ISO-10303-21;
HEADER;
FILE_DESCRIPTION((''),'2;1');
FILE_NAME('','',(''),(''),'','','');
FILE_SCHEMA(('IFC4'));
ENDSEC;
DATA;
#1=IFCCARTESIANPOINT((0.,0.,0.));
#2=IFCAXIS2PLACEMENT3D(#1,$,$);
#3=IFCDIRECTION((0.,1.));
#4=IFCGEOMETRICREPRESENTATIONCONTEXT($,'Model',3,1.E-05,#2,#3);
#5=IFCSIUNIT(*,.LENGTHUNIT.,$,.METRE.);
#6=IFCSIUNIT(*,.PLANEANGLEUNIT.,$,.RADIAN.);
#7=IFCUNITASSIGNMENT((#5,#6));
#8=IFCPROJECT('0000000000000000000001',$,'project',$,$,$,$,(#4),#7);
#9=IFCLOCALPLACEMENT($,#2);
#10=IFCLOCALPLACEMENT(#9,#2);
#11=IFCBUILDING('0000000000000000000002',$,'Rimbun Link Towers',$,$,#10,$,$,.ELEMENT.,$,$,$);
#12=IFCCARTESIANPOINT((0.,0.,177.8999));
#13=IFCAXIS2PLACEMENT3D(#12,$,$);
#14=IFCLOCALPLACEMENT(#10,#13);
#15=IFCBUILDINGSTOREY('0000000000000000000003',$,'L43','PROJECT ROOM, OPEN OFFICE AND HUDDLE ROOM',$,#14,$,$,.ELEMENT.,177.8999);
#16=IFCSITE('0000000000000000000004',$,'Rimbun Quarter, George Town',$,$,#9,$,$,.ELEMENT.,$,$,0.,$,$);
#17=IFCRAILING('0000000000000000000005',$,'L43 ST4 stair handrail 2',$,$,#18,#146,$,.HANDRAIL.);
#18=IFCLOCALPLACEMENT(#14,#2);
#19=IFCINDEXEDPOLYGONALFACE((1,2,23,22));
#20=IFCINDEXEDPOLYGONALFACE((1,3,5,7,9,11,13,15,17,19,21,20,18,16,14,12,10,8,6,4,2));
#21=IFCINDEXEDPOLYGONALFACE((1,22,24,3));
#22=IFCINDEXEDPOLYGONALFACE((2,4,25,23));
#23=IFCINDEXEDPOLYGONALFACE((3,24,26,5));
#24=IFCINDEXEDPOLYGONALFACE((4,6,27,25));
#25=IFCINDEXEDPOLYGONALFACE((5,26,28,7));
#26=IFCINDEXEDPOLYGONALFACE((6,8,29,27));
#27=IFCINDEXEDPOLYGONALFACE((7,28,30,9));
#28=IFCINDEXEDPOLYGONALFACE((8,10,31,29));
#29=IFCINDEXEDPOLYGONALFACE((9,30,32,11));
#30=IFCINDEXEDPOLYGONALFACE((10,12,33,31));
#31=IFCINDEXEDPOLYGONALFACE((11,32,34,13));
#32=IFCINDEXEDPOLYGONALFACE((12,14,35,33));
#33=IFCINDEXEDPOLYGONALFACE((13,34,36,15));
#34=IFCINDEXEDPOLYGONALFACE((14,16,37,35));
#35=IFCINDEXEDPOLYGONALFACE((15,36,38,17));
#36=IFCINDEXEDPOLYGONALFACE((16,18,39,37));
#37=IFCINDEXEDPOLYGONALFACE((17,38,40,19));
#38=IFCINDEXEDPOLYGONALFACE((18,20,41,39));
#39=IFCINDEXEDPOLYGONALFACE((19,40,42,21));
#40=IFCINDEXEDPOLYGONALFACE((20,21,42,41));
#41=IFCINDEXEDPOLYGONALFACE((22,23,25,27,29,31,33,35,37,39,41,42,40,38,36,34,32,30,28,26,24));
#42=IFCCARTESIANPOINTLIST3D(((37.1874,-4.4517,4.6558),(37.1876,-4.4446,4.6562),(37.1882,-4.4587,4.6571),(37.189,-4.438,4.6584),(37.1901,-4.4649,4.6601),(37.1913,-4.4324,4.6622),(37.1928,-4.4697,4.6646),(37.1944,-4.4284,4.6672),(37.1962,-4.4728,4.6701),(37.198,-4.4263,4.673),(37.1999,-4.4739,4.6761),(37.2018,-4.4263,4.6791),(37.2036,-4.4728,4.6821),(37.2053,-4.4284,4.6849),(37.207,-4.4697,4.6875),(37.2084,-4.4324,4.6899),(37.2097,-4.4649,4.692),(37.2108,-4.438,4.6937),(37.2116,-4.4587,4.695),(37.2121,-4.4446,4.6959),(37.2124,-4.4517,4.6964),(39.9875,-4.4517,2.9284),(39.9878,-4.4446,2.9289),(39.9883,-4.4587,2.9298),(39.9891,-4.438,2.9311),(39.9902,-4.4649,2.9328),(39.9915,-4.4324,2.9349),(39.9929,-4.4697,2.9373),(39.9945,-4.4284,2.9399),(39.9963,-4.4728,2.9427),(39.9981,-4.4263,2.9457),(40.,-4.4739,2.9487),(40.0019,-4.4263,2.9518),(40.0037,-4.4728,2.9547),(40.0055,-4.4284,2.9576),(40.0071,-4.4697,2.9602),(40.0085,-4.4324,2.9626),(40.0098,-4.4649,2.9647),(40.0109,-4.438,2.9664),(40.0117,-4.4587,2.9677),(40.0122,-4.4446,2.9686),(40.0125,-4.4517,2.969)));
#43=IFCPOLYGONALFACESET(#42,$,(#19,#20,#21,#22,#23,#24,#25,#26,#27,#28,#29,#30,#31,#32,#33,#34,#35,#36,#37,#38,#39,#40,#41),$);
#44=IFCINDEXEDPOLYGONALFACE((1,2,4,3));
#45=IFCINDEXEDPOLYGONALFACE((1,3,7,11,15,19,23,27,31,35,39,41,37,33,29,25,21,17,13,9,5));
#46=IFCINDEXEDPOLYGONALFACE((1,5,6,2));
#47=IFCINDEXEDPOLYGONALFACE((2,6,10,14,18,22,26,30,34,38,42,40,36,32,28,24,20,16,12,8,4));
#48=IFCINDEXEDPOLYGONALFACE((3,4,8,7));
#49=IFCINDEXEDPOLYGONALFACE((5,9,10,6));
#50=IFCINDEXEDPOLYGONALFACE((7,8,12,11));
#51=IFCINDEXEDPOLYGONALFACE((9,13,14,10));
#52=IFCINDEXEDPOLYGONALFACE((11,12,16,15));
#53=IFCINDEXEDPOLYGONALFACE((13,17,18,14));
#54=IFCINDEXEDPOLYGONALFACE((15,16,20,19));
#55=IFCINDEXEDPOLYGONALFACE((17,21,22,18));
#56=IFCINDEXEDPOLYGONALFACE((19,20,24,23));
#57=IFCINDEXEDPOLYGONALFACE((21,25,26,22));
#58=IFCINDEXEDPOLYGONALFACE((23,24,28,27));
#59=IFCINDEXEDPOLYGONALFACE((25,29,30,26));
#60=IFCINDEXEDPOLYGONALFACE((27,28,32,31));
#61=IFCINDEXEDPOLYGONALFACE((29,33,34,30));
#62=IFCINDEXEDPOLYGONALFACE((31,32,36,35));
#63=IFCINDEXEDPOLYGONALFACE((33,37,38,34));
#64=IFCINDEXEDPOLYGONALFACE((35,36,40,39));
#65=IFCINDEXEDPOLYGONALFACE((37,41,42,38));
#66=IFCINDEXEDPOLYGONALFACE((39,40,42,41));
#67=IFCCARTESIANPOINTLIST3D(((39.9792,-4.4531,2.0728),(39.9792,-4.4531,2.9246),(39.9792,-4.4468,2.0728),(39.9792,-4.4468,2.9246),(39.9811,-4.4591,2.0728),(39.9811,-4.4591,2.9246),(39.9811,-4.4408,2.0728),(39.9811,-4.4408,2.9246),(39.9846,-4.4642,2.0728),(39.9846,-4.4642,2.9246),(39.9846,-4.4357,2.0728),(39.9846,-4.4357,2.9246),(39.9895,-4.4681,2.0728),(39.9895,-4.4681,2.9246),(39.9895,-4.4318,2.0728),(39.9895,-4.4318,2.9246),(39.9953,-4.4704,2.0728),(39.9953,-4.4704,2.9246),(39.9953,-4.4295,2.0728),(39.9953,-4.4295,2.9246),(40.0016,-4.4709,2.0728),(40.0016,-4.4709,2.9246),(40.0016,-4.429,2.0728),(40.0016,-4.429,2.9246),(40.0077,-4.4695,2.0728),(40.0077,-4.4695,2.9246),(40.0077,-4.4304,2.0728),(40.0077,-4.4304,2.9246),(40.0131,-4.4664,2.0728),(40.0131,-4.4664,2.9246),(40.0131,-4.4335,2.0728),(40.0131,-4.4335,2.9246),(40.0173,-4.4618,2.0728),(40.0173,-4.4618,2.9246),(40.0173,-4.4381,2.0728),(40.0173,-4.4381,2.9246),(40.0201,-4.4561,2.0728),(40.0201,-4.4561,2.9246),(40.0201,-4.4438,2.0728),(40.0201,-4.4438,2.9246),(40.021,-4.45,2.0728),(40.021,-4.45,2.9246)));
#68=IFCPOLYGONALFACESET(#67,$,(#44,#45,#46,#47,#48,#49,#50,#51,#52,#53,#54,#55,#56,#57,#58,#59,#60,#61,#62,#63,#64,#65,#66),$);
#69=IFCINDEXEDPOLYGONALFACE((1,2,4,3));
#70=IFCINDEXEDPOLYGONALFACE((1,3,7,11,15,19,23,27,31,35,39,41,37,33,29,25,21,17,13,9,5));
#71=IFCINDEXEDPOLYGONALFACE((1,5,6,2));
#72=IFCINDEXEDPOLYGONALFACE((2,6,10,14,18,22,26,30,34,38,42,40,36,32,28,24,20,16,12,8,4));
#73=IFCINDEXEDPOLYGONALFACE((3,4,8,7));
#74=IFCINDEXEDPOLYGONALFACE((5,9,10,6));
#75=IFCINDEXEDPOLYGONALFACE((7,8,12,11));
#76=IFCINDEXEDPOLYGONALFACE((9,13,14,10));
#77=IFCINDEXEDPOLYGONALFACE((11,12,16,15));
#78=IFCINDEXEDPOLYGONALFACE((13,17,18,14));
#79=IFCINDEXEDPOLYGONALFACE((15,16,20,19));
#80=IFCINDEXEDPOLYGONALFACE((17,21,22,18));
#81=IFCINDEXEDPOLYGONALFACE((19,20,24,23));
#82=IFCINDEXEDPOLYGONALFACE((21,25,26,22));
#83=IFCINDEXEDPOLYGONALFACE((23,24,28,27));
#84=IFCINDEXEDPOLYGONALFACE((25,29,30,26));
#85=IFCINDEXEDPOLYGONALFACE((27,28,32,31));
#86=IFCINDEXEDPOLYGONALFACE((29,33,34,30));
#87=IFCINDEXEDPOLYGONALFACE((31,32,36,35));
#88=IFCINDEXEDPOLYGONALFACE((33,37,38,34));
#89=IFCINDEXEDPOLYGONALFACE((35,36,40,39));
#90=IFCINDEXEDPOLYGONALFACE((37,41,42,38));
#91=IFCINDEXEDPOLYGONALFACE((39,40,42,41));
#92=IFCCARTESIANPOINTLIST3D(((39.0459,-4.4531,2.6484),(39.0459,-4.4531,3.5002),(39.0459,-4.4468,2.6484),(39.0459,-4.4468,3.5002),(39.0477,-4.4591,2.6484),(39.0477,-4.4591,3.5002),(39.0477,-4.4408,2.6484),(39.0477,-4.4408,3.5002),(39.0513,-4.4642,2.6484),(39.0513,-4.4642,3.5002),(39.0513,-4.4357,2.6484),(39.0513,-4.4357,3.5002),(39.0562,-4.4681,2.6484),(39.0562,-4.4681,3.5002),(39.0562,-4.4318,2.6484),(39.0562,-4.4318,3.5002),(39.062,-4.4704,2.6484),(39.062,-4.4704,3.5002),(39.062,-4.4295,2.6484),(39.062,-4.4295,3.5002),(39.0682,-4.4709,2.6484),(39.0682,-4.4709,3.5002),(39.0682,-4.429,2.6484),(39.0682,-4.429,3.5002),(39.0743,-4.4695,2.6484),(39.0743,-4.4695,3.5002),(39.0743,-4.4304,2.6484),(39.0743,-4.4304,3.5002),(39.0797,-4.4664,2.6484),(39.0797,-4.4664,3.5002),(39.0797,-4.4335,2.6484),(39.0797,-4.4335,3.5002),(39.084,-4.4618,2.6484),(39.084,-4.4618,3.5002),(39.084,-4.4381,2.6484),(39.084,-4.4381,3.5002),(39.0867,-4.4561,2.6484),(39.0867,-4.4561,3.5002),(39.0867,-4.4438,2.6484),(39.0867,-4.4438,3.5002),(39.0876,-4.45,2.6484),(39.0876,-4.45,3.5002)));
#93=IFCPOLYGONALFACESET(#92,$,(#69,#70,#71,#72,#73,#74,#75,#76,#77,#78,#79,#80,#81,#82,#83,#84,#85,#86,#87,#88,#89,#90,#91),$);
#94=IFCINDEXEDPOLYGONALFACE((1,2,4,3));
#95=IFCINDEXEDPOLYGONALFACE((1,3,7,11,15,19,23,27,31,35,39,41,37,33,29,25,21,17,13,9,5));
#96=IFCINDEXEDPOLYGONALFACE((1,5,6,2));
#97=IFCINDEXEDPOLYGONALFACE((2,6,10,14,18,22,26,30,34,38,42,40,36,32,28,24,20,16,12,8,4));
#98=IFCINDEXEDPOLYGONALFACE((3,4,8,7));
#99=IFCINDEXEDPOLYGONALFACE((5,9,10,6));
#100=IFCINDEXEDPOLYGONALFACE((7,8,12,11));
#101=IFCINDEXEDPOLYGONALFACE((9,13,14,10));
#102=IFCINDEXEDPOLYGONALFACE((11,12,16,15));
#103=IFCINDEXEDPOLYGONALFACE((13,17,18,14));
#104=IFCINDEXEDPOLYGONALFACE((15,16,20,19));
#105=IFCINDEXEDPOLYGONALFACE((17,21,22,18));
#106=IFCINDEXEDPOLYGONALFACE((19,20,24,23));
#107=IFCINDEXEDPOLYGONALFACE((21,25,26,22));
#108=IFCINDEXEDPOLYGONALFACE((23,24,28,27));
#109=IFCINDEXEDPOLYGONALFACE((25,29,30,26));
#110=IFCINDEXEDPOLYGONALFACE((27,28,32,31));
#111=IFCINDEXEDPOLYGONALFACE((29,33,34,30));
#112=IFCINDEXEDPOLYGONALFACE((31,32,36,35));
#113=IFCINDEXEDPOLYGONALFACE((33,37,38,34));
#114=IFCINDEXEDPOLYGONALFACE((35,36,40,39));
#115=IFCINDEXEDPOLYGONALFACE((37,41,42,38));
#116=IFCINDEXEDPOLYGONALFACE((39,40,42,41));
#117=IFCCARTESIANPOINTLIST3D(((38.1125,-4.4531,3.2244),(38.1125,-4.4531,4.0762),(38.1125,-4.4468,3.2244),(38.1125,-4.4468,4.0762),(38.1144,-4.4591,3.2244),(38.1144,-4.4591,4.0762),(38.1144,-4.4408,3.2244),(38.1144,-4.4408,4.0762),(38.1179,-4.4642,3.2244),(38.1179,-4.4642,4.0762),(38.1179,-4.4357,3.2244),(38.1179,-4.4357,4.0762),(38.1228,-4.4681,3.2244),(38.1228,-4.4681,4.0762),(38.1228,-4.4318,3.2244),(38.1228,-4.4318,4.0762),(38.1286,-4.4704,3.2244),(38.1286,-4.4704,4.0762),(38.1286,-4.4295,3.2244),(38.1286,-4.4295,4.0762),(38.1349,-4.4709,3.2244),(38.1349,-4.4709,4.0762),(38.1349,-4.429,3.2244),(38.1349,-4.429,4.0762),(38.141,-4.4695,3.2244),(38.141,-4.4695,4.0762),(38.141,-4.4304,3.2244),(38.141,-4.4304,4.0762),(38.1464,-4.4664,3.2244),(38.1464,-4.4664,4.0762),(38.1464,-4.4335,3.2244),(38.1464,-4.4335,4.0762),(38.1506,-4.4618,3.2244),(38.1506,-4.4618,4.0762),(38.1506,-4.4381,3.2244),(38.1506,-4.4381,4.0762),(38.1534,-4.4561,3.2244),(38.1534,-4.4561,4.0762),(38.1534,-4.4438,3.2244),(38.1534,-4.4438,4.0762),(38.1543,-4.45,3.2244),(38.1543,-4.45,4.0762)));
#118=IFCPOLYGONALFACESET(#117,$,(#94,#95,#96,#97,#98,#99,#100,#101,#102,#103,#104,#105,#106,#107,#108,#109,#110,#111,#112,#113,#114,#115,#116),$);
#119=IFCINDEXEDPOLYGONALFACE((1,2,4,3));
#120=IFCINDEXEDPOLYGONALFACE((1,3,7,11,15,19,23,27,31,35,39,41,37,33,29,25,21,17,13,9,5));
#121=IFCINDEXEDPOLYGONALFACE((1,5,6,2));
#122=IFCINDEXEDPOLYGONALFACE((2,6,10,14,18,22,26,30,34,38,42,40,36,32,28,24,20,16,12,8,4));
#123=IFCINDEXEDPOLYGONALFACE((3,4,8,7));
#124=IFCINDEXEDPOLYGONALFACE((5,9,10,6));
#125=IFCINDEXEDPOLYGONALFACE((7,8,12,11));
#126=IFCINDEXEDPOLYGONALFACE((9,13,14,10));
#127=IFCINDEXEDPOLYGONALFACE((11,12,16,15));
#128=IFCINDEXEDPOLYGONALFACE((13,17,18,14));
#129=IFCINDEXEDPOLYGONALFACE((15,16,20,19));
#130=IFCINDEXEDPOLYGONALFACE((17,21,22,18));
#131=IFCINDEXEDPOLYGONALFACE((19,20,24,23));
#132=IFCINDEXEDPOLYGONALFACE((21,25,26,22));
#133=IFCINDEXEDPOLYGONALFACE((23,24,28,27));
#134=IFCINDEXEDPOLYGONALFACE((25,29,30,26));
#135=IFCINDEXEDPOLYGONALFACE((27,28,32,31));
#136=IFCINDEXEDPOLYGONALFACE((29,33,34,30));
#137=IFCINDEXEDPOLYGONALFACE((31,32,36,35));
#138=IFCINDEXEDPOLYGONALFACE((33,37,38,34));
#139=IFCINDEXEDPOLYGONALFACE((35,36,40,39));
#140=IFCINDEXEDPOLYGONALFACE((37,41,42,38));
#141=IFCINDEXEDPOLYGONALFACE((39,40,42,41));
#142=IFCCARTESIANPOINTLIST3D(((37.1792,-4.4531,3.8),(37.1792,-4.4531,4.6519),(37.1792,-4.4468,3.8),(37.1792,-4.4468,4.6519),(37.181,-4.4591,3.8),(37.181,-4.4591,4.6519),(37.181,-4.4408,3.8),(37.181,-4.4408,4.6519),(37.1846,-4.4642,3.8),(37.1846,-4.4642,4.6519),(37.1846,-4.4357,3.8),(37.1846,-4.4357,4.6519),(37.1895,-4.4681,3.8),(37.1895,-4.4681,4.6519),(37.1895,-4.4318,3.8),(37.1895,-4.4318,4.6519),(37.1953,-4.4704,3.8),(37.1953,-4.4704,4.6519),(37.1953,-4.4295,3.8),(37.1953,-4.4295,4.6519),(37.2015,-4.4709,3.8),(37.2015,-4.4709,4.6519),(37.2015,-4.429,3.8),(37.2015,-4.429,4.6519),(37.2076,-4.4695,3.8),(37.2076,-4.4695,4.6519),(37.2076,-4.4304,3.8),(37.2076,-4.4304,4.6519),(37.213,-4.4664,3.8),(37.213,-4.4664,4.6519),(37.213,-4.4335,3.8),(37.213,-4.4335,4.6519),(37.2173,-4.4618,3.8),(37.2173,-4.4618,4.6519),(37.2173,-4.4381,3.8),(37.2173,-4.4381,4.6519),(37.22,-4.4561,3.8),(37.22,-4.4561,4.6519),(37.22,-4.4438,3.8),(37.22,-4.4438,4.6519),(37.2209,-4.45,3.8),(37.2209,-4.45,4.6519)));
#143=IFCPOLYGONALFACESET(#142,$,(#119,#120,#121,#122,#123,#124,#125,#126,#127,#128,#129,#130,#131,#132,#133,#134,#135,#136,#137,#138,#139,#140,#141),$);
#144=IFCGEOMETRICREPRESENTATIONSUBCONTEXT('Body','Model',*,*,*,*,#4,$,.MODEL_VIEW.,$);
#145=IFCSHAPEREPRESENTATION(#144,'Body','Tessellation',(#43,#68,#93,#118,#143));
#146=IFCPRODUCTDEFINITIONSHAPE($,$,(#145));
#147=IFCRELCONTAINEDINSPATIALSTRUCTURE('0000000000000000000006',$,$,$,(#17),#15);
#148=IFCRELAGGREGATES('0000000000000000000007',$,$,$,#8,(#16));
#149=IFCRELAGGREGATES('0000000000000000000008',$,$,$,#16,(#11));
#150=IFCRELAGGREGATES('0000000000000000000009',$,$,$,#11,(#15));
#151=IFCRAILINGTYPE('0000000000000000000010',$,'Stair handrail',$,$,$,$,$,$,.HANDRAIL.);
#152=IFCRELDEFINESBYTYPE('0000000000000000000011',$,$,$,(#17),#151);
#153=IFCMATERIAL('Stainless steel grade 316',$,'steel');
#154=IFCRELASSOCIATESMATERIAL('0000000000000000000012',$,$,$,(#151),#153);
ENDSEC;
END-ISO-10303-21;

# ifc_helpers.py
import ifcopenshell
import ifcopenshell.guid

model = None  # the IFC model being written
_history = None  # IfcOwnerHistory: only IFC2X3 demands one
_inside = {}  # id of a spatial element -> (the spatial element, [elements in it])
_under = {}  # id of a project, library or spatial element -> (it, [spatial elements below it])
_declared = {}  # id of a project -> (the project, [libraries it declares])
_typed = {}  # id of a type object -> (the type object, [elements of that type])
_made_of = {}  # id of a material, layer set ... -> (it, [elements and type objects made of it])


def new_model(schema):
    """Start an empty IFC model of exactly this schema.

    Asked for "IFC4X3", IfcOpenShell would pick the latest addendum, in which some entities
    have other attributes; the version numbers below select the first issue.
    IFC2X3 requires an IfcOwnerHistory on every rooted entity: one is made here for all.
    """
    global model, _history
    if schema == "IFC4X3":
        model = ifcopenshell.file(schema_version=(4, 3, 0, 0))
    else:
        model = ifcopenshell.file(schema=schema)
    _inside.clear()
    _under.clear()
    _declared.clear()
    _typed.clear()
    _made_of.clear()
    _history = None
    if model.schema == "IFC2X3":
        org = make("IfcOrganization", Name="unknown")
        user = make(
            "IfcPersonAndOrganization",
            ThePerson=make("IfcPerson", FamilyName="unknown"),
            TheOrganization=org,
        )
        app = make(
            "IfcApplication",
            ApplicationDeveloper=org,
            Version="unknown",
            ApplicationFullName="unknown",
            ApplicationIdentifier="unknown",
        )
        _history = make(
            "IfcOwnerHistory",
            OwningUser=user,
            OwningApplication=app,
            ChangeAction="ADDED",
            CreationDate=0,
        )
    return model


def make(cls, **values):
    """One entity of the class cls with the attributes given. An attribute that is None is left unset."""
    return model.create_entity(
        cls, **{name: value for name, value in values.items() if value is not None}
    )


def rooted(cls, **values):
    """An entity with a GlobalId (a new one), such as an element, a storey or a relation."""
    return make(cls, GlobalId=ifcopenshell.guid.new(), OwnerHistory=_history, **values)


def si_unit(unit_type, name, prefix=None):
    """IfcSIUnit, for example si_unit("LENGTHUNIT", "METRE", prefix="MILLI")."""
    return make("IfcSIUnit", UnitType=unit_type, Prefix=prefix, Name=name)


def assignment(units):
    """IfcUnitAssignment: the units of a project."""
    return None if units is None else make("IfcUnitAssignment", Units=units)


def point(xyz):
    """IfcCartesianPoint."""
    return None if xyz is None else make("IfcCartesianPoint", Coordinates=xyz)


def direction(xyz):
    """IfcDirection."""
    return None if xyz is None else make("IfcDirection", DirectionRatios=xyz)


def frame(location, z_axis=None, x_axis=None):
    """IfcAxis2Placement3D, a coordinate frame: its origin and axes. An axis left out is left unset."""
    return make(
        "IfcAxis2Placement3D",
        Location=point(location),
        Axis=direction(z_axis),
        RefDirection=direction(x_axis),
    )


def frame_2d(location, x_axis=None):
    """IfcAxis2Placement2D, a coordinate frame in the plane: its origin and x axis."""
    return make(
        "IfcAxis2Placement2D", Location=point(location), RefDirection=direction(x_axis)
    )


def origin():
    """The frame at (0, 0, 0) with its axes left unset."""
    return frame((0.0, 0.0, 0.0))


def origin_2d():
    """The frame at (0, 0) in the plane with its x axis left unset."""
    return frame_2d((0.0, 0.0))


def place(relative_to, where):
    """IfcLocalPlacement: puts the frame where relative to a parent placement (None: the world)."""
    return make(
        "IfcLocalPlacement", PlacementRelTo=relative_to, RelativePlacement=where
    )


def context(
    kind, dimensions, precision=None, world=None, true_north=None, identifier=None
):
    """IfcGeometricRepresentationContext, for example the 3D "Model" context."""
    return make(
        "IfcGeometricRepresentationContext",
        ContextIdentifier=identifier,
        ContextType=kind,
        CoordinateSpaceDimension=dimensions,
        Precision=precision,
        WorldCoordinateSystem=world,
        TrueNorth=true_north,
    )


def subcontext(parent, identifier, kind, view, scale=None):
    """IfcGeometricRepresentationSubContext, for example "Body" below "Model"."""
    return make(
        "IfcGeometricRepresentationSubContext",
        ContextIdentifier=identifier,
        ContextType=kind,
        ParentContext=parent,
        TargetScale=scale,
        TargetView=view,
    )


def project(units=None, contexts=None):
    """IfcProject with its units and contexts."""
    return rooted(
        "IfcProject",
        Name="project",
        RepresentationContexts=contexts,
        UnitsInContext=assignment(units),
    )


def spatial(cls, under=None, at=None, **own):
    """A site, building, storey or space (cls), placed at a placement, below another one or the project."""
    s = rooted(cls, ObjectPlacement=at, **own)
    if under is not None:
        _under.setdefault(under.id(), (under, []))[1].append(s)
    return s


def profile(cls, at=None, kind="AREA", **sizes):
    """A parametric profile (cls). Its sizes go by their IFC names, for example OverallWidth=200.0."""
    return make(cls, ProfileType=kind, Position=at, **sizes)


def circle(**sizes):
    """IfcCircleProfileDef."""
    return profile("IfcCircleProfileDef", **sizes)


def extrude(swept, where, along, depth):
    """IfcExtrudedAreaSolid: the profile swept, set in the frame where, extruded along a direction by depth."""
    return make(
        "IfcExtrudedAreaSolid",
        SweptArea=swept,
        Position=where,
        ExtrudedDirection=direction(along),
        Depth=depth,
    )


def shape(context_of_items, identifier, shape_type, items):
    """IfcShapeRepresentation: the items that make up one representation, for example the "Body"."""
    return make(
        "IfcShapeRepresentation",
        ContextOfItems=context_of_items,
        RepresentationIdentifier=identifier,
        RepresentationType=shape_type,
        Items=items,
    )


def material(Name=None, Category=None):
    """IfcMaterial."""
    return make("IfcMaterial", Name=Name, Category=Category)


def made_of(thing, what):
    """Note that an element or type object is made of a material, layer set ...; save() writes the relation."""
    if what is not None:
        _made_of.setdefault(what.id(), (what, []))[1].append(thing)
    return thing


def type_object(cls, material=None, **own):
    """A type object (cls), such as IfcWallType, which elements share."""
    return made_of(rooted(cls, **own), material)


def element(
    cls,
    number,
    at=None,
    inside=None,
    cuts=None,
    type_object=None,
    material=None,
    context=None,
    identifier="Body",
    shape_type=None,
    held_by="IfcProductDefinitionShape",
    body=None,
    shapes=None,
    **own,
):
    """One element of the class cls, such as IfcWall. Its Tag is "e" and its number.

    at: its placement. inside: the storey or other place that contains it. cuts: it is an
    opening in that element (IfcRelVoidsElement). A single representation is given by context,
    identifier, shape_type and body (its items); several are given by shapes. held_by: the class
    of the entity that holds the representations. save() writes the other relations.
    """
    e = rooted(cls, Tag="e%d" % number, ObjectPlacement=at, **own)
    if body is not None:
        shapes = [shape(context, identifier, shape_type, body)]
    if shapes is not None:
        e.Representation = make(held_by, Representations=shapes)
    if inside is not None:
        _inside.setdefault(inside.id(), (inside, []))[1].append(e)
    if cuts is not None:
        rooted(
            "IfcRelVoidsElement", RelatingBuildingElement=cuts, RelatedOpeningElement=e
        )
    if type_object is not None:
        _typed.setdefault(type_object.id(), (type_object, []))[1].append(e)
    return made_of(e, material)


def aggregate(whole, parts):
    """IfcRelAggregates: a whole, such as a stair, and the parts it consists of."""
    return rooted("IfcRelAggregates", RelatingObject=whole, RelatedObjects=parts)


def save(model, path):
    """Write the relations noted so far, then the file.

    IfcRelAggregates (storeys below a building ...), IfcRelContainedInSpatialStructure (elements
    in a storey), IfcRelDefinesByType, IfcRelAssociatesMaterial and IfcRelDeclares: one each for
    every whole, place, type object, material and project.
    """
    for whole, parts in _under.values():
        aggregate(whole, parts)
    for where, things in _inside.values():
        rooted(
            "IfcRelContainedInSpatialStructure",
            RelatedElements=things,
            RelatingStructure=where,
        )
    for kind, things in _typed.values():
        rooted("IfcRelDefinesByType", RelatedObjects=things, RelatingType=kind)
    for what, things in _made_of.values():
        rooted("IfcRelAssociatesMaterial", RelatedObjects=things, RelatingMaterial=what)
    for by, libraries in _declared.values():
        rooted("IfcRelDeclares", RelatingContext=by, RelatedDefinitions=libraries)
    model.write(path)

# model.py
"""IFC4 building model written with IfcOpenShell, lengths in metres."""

from ifc_helpers import new_model, si_unit, direction, frame, origin, origin_2d, place, context, subcontext, project, spatial, circle, extrude, material, type_object, element, save


model = new_model("IFC4")

# Units and contexts
model_context = context("Model", 3, precision=1e-05, world=origin(), true_north=direction((0.0, 1.0)))
body_context = subcontext(model_context, "Body", "Model", "MODEL_VIEW")
ifc_project = project(units=[si_unit("LENGTHUNIT", "METRE"), si_unit("PLANEANGLEUNIT", "RADIAN")], contexts=[model_context])

# Site, building, storey
site_placement = place(None, origin())
site = spatial("IfcSite", under=ifc_project, at=site_placement, Name="Rimbun Quarter, George Town", CompositionType="ELEMENT", RefElevation=0.0)
building_placement = place(site_placement, origin())
building = spatial("IfcBuilding", under=site, at=building_placement, Name="Rimbun Link Towers", CompositionType="ELEMENT")
storey_placement = place(building_placement, frame((0.0, 0.0, 177.8999)))
storey = spatial("IfcBuildingStorey", under=building, at=storey_placement, Name="L43", Description="PROJECT ROOM, OPEN OFFICE AND HUDDLE ROOM", CompositionType="ELEMENT", Elevation=177.8999)

# Railing
ifc_material_1 = material(Name="Stainless steel grade 316", Category="steel")
railing_type = type_object("IfcRailingType", Name="Stair handrail", PredefinedType="HANDRAIL", material=ifc_material_1)
railing_placement = place(storey_placement, frame((40.0, -4.45, 2.0728)))
element("IfcRailing", 1, at=railing_placement, inside=storey, type_object=railing_type, Name="L43 ST4 stair handrail 2", PredefinedType="HANDRAIL", context=body_context, shape_type="SweptSolid", body=[
    extrude(circle(Radius=0.0239, at=origin_2d()), frame((0.0, 0.0, 0.876), z_axis=(-0.85109, 0.0, 0.52502), x_axis=(0.0, -1.0, 0.0)), (0.0, 0.0, 1.0), 3.29),
    extrude(circle(Radius=0.021, at=origin_2d()), origin(), (0.0, 0.0, 1.0), 0.8518),
    extrude(circle(Radius=0.021, at=origin_2d()), frame((-0.9333, 0.0, 0.5757)), (0.0, 0.0, 1.0), 0.8518),
    extrude(circle(Radius=0.021, at=origin_2d()), frame((-1.8667, 0.0, 1.1516)), (0.0, 0.0, 1.0), 0.8518),
    extrude(circle(Radius=0.021, at=origin_2d()), frame((-2.8, 0.0, 1.7273)), (0.0, 0.0, 1.0), 0.8518),
])

save(model, "model.ifc")
